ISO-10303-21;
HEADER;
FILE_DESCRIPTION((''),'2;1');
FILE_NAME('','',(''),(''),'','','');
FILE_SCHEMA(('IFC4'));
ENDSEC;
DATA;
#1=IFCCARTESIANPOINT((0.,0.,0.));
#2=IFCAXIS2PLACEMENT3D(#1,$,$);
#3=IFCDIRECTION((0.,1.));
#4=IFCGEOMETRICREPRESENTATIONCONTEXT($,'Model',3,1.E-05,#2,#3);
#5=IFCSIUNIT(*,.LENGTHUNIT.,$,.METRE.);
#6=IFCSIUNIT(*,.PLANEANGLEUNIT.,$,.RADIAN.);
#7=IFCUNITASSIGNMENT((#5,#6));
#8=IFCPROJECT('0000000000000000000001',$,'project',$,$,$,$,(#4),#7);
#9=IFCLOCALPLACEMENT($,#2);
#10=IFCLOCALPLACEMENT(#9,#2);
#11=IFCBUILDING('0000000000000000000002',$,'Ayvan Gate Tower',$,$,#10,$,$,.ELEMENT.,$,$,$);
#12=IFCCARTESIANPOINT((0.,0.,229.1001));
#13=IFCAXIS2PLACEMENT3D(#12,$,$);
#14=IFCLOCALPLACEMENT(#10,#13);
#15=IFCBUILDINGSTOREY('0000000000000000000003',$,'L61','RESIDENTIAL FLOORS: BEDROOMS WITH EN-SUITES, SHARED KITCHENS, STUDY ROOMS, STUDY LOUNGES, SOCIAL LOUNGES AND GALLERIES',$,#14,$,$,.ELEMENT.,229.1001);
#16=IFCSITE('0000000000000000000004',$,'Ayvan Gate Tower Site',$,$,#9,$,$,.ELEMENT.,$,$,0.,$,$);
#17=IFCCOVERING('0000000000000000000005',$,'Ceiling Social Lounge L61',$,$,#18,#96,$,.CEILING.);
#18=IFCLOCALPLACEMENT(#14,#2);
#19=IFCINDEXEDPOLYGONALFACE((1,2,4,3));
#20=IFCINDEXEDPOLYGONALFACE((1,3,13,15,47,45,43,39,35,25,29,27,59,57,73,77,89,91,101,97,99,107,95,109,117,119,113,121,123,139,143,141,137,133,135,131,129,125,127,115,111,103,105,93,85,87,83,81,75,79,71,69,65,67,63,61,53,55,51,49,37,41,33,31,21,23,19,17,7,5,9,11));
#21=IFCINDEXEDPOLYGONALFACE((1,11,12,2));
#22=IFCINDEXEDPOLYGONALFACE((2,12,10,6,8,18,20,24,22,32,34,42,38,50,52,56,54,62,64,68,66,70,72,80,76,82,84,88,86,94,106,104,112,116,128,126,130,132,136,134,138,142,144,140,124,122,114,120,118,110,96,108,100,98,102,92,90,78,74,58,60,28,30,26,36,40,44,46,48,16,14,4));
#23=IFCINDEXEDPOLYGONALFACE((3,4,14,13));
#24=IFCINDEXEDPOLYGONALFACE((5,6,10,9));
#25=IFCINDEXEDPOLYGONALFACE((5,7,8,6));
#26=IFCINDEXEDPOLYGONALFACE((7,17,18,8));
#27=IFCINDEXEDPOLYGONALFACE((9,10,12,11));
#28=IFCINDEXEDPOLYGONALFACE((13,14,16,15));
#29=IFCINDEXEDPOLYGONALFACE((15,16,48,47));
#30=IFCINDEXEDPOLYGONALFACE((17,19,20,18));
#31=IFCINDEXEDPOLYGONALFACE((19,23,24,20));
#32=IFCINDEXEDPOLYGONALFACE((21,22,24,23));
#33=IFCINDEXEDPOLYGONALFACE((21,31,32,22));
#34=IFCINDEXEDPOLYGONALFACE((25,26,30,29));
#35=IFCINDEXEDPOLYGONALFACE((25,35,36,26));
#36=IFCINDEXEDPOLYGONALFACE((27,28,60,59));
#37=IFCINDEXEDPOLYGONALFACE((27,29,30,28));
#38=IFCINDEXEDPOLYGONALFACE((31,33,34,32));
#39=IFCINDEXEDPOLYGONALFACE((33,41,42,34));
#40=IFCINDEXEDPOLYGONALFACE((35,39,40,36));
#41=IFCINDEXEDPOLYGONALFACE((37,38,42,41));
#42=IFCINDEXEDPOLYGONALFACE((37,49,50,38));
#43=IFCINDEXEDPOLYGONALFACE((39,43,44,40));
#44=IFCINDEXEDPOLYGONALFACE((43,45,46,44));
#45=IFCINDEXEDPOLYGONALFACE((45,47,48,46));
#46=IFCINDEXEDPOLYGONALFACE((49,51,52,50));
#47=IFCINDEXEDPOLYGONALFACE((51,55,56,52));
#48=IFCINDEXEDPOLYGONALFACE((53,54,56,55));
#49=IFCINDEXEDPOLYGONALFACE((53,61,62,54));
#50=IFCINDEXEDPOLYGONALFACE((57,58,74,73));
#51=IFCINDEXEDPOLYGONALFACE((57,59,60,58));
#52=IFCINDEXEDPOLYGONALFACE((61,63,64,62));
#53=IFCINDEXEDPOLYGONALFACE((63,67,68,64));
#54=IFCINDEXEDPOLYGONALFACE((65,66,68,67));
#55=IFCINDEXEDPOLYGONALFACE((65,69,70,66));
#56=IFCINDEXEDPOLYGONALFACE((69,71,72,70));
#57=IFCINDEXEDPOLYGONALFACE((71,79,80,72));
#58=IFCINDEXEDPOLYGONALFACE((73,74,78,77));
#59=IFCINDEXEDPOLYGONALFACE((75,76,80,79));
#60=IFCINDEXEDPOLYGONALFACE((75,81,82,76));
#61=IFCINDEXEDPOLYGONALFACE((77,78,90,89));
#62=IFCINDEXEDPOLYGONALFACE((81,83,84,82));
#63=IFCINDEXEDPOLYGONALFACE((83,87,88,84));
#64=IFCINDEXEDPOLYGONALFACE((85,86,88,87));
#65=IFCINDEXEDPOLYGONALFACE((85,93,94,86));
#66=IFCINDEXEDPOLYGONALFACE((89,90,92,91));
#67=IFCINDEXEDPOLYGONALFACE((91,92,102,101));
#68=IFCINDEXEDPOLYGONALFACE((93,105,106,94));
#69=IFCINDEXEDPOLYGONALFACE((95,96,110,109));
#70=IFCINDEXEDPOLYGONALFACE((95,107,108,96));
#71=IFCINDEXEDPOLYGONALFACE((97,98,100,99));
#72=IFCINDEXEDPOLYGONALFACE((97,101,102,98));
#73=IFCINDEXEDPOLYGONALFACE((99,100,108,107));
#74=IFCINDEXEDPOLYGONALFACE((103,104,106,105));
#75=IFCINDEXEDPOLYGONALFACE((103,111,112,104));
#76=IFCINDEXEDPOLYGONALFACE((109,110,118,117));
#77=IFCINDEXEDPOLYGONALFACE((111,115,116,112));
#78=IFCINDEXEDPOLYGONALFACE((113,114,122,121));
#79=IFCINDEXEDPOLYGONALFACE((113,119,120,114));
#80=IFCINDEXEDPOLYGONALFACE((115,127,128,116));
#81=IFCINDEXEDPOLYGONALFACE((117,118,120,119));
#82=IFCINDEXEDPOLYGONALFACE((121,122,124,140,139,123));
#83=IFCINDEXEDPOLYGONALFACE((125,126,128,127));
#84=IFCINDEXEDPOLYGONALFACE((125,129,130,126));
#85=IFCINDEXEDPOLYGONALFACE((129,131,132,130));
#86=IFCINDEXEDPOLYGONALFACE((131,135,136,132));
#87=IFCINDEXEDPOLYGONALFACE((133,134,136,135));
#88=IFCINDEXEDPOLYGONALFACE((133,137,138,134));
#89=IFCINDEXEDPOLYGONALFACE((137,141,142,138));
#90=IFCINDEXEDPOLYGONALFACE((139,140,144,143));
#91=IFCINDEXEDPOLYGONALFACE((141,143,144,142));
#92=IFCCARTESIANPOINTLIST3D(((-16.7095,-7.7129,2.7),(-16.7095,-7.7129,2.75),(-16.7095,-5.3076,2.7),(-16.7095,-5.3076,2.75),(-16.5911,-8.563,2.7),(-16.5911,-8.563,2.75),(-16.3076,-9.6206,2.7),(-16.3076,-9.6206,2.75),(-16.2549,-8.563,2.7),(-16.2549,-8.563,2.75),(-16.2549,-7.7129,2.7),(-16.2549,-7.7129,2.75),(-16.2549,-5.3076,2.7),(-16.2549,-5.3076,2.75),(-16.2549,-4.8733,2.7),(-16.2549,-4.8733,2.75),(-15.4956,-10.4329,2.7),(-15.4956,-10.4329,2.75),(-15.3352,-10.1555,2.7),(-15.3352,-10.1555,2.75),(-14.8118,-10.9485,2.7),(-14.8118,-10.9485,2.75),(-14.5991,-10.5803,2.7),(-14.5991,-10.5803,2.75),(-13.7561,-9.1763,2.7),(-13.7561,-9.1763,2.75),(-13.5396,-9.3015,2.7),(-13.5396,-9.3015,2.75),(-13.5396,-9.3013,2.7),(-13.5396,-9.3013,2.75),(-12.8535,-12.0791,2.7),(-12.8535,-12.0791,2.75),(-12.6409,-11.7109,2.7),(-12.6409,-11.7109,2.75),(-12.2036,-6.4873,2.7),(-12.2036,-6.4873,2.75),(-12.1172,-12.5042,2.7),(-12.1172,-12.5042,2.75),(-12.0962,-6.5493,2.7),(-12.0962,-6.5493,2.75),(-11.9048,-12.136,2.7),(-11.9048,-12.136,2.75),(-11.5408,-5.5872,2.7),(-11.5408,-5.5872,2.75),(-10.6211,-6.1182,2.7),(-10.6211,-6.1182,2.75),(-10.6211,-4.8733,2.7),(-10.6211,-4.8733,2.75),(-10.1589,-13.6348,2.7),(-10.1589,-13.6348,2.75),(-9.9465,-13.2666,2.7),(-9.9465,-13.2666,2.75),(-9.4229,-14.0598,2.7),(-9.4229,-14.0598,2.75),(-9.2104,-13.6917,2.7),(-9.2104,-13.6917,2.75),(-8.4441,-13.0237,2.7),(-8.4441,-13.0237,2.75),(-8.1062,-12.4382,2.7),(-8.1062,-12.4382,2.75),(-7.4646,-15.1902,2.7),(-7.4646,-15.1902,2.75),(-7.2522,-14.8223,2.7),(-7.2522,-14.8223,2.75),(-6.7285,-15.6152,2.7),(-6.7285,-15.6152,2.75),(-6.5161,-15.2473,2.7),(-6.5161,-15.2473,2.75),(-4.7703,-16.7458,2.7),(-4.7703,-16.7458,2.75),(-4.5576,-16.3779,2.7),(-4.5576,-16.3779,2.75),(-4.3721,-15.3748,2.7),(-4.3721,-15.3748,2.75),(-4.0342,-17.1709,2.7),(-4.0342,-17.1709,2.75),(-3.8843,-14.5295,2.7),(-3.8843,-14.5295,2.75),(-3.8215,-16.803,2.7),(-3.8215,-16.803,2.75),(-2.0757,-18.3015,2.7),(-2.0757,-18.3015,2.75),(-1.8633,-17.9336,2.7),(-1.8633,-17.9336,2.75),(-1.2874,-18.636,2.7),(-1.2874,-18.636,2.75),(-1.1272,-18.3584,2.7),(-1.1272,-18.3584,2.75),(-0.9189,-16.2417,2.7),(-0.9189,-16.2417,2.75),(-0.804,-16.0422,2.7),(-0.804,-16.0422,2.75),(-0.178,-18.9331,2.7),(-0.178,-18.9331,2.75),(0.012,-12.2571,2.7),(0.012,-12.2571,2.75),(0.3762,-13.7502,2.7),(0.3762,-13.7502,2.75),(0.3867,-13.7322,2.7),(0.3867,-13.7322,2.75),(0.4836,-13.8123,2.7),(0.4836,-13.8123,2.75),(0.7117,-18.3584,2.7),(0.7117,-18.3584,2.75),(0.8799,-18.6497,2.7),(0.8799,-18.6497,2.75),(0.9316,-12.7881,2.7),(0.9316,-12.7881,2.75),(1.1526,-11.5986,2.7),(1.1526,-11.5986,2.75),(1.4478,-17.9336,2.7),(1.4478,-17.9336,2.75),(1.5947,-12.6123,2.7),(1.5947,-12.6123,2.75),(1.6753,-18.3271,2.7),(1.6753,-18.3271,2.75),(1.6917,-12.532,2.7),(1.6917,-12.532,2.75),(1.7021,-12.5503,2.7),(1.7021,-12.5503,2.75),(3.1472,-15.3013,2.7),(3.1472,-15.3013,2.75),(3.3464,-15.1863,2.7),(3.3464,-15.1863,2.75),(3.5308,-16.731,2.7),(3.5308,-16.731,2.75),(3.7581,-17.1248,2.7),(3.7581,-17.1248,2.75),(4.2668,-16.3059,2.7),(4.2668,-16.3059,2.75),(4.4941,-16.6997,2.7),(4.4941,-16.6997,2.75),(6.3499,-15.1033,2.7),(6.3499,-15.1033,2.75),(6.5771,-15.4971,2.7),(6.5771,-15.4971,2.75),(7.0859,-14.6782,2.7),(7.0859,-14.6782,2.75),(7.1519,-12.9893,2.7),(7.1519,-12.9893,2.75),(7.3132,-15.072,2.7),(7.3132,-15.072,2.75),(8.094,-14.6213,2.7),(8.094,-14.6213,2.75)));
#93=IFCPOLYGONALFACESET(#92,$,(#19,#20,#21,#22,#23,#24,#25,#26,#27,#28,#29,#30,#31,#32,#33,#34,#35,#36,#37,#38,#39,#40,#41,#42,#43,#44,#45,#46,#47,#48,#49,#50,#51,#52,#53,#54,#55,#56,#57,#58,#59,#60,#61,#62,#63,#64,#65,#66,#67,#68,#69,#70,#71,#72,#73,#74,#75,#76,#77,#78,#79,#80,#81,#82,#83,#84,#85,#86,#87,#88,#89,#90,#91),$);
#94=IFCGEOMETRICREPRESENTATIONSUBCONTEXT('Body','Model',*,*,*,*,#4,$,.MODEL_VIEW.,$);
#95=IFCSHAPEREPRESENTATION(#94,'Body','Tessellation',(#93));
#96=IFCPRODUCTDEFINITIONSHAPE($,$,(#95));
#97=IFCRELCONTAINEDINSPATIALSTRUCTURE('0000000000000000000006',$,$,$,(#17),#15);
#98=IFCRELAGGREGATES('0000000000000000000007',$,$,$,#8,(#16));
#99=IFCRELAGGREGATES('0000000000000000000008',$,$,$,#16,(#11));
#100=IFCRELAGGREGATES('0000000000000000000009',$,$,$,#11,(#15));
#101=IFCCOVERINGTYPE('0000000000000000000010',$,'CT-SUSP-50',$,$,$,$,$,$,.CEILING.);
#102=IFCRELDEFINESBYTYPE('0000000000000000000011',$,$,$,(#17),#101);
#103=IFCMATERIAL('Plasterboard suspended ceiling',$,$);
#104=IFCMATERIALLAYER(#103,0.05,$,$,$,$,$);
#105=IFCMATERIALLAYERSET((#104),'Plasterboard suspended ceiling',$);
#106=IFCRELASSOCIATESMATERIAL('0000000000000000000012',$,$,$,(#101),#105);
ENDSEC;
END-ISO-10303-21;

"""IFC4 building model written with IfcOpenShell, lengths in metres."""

from ifc_helpers import new_model, si_unit, direction, frame, origin, place, context, subcontext, project, spatial, polyline, outline, extrude, material, layer, layer_set, type_object, element, save


model = new_model("IFC4")

# Units and contexts
model_context = context("Model", 3, precision=1e-05, world=origin(), true_north=direction((0.0, 1.0)))
body_context = subcontext(model_context, "Body", "Model", "MODEL_VIEW")
ifc_project = project(units=[si_unit("LENGTHUNIT", "METRE"), si_unit("PLANEANGLEUNIT", "RADIAN")], contexts=[model_context])

# Site, building, storey
site_placement = place(None, origin())
site = spatial("IfcSite", under=ifc_project, at=site_placement, Name="Ayvan Gate Tower Site", CompositionType="ELEMENT", RefElevation=0.0)
building_placement = place(site_placement, origin())
building = spatial("IfcBuilding", under=site, at=building_placement, Name="Ayvan Gate Tower", CompositionType="ELEMENT")
storey_placement = place(building_placement, frame((0.0, 0.0, 229.1001)))
storey = spatial("IfcBuildingStorey", under=building, at=storey_placement, Name="L61", Description="RESIDENTIAL FLOORS: BEDROOMS WITH EN-SUITES, SHARED KITCHENS, STUDY ROOMS, STUDY LOUNGES, SOCIAL LOUNGES AND GALLERIES", CompositionType="ELEMENT", Elevation=229.1001)

# Covering
ifc_material_1 = material(Name="Plasterboard suspended ceiling")
ifc_layer_1 = layer(ifc_material_1, 0.05)
ifc_layer_set_1 = layer_set([ifc_layer_1], Name="Plasterboard suspended ceiling")
covering_type = type_object("IfcCoveringType", Name="CT-SUSP-50", PredefinedType="CEILING", material=ifc_layer_set_1)
covering_1_placement = place(storey_placement, frame((0.0, 0.0, 2.7)))
element("IfcCovering", 1, at=covering_1_placement, inside=storey, type_object=covering_type, Name="Ceiling Social Lounge L61", PredefinedType="CEILING", context=body_context, shape_type="SweptSolid", body=[
    extrude(outline(polyline([(-13.5396, -9.3015), (-8.1062, -12.4382), (-8.4441, -13.0237), (-4.3721, -15.3748), (-3.8843, -14.5295), (-0.9189, -16.2417), (-0.804, -16.0422), (0.4836, -13.8123), (0.3762, -13.7502), (0.3867, -13.7322), (0.9316, -12.7881), (0.012, -12.2571), (1.1526, -11.5986), (1.6917, -12.532), (1.7021, -12.5503), (1.5947, -12.6123), (3.1472, -15.3013), (3.3464, -15.1863), (7.1519, -12.9893), (8.094, -14.6213), (7.3132, -15.072), (7.0859, -14.6782), (6.3499, -15.1033), (6.5771, -15.4971), (4.4941, -16.6997), (4.2668, -16.3059), (3.5308, -16.731), (3.7581, -17.1248), (1.6753, -18.3271), (1.4478, -17.9336), (0.7117, -18.3584), (0.8799, -18.6497), (-0.178, -18.9331), (-1.2874, -18.636), (-1.1272, -18.3584), (-1.8633, -17.9336), (-2.0757, -18.3015), (-4.0342, -17.1709), (-3.8215, -16.803), (-4.5576, -16.3779), (-4.7703, -16.7458), (-6.7285, -15.6152), (-6.5161, -15.2473), (-7.2522, -14.8223), (-7.4646, -15.1902), (-9.4229, -14.0598), (-9.2104, -13.6917), (-9.9465, -13.2666), (-10.1589, -13.6348), (-12.1172, -12.5042), (-11.9048, -12.136), (-12.6409, -11.7109), (-12.8535, -12.0791), (-14.8118, -10.9485), (-14.5991, -10.5803), (-15.3352, -10.1555), (-15.4956, -10.4329), (-16.3076, -9.6206), (-16.5911, -8.563), (-16.2549, -8.563), (-16.2549, -7.7129), (-16.7095, -7.7129), (-16.7095, -5.3076), (-16.2549, -5.3076), (-16.2549, -4.8733), (-10.6211, -4.8733), (-10.6211, -6.1182), (-11.5408, -5.5872), (-12.0962, -6.5493), (-12.2036, -6.4873), (-13.7561, -9.1763), (-13.5396, -9.3013), (-13.5396, -9.3015)])), origin(), (0.0, 0.0, 1.0), 0.05),
])

save(model, "model.ifc")
